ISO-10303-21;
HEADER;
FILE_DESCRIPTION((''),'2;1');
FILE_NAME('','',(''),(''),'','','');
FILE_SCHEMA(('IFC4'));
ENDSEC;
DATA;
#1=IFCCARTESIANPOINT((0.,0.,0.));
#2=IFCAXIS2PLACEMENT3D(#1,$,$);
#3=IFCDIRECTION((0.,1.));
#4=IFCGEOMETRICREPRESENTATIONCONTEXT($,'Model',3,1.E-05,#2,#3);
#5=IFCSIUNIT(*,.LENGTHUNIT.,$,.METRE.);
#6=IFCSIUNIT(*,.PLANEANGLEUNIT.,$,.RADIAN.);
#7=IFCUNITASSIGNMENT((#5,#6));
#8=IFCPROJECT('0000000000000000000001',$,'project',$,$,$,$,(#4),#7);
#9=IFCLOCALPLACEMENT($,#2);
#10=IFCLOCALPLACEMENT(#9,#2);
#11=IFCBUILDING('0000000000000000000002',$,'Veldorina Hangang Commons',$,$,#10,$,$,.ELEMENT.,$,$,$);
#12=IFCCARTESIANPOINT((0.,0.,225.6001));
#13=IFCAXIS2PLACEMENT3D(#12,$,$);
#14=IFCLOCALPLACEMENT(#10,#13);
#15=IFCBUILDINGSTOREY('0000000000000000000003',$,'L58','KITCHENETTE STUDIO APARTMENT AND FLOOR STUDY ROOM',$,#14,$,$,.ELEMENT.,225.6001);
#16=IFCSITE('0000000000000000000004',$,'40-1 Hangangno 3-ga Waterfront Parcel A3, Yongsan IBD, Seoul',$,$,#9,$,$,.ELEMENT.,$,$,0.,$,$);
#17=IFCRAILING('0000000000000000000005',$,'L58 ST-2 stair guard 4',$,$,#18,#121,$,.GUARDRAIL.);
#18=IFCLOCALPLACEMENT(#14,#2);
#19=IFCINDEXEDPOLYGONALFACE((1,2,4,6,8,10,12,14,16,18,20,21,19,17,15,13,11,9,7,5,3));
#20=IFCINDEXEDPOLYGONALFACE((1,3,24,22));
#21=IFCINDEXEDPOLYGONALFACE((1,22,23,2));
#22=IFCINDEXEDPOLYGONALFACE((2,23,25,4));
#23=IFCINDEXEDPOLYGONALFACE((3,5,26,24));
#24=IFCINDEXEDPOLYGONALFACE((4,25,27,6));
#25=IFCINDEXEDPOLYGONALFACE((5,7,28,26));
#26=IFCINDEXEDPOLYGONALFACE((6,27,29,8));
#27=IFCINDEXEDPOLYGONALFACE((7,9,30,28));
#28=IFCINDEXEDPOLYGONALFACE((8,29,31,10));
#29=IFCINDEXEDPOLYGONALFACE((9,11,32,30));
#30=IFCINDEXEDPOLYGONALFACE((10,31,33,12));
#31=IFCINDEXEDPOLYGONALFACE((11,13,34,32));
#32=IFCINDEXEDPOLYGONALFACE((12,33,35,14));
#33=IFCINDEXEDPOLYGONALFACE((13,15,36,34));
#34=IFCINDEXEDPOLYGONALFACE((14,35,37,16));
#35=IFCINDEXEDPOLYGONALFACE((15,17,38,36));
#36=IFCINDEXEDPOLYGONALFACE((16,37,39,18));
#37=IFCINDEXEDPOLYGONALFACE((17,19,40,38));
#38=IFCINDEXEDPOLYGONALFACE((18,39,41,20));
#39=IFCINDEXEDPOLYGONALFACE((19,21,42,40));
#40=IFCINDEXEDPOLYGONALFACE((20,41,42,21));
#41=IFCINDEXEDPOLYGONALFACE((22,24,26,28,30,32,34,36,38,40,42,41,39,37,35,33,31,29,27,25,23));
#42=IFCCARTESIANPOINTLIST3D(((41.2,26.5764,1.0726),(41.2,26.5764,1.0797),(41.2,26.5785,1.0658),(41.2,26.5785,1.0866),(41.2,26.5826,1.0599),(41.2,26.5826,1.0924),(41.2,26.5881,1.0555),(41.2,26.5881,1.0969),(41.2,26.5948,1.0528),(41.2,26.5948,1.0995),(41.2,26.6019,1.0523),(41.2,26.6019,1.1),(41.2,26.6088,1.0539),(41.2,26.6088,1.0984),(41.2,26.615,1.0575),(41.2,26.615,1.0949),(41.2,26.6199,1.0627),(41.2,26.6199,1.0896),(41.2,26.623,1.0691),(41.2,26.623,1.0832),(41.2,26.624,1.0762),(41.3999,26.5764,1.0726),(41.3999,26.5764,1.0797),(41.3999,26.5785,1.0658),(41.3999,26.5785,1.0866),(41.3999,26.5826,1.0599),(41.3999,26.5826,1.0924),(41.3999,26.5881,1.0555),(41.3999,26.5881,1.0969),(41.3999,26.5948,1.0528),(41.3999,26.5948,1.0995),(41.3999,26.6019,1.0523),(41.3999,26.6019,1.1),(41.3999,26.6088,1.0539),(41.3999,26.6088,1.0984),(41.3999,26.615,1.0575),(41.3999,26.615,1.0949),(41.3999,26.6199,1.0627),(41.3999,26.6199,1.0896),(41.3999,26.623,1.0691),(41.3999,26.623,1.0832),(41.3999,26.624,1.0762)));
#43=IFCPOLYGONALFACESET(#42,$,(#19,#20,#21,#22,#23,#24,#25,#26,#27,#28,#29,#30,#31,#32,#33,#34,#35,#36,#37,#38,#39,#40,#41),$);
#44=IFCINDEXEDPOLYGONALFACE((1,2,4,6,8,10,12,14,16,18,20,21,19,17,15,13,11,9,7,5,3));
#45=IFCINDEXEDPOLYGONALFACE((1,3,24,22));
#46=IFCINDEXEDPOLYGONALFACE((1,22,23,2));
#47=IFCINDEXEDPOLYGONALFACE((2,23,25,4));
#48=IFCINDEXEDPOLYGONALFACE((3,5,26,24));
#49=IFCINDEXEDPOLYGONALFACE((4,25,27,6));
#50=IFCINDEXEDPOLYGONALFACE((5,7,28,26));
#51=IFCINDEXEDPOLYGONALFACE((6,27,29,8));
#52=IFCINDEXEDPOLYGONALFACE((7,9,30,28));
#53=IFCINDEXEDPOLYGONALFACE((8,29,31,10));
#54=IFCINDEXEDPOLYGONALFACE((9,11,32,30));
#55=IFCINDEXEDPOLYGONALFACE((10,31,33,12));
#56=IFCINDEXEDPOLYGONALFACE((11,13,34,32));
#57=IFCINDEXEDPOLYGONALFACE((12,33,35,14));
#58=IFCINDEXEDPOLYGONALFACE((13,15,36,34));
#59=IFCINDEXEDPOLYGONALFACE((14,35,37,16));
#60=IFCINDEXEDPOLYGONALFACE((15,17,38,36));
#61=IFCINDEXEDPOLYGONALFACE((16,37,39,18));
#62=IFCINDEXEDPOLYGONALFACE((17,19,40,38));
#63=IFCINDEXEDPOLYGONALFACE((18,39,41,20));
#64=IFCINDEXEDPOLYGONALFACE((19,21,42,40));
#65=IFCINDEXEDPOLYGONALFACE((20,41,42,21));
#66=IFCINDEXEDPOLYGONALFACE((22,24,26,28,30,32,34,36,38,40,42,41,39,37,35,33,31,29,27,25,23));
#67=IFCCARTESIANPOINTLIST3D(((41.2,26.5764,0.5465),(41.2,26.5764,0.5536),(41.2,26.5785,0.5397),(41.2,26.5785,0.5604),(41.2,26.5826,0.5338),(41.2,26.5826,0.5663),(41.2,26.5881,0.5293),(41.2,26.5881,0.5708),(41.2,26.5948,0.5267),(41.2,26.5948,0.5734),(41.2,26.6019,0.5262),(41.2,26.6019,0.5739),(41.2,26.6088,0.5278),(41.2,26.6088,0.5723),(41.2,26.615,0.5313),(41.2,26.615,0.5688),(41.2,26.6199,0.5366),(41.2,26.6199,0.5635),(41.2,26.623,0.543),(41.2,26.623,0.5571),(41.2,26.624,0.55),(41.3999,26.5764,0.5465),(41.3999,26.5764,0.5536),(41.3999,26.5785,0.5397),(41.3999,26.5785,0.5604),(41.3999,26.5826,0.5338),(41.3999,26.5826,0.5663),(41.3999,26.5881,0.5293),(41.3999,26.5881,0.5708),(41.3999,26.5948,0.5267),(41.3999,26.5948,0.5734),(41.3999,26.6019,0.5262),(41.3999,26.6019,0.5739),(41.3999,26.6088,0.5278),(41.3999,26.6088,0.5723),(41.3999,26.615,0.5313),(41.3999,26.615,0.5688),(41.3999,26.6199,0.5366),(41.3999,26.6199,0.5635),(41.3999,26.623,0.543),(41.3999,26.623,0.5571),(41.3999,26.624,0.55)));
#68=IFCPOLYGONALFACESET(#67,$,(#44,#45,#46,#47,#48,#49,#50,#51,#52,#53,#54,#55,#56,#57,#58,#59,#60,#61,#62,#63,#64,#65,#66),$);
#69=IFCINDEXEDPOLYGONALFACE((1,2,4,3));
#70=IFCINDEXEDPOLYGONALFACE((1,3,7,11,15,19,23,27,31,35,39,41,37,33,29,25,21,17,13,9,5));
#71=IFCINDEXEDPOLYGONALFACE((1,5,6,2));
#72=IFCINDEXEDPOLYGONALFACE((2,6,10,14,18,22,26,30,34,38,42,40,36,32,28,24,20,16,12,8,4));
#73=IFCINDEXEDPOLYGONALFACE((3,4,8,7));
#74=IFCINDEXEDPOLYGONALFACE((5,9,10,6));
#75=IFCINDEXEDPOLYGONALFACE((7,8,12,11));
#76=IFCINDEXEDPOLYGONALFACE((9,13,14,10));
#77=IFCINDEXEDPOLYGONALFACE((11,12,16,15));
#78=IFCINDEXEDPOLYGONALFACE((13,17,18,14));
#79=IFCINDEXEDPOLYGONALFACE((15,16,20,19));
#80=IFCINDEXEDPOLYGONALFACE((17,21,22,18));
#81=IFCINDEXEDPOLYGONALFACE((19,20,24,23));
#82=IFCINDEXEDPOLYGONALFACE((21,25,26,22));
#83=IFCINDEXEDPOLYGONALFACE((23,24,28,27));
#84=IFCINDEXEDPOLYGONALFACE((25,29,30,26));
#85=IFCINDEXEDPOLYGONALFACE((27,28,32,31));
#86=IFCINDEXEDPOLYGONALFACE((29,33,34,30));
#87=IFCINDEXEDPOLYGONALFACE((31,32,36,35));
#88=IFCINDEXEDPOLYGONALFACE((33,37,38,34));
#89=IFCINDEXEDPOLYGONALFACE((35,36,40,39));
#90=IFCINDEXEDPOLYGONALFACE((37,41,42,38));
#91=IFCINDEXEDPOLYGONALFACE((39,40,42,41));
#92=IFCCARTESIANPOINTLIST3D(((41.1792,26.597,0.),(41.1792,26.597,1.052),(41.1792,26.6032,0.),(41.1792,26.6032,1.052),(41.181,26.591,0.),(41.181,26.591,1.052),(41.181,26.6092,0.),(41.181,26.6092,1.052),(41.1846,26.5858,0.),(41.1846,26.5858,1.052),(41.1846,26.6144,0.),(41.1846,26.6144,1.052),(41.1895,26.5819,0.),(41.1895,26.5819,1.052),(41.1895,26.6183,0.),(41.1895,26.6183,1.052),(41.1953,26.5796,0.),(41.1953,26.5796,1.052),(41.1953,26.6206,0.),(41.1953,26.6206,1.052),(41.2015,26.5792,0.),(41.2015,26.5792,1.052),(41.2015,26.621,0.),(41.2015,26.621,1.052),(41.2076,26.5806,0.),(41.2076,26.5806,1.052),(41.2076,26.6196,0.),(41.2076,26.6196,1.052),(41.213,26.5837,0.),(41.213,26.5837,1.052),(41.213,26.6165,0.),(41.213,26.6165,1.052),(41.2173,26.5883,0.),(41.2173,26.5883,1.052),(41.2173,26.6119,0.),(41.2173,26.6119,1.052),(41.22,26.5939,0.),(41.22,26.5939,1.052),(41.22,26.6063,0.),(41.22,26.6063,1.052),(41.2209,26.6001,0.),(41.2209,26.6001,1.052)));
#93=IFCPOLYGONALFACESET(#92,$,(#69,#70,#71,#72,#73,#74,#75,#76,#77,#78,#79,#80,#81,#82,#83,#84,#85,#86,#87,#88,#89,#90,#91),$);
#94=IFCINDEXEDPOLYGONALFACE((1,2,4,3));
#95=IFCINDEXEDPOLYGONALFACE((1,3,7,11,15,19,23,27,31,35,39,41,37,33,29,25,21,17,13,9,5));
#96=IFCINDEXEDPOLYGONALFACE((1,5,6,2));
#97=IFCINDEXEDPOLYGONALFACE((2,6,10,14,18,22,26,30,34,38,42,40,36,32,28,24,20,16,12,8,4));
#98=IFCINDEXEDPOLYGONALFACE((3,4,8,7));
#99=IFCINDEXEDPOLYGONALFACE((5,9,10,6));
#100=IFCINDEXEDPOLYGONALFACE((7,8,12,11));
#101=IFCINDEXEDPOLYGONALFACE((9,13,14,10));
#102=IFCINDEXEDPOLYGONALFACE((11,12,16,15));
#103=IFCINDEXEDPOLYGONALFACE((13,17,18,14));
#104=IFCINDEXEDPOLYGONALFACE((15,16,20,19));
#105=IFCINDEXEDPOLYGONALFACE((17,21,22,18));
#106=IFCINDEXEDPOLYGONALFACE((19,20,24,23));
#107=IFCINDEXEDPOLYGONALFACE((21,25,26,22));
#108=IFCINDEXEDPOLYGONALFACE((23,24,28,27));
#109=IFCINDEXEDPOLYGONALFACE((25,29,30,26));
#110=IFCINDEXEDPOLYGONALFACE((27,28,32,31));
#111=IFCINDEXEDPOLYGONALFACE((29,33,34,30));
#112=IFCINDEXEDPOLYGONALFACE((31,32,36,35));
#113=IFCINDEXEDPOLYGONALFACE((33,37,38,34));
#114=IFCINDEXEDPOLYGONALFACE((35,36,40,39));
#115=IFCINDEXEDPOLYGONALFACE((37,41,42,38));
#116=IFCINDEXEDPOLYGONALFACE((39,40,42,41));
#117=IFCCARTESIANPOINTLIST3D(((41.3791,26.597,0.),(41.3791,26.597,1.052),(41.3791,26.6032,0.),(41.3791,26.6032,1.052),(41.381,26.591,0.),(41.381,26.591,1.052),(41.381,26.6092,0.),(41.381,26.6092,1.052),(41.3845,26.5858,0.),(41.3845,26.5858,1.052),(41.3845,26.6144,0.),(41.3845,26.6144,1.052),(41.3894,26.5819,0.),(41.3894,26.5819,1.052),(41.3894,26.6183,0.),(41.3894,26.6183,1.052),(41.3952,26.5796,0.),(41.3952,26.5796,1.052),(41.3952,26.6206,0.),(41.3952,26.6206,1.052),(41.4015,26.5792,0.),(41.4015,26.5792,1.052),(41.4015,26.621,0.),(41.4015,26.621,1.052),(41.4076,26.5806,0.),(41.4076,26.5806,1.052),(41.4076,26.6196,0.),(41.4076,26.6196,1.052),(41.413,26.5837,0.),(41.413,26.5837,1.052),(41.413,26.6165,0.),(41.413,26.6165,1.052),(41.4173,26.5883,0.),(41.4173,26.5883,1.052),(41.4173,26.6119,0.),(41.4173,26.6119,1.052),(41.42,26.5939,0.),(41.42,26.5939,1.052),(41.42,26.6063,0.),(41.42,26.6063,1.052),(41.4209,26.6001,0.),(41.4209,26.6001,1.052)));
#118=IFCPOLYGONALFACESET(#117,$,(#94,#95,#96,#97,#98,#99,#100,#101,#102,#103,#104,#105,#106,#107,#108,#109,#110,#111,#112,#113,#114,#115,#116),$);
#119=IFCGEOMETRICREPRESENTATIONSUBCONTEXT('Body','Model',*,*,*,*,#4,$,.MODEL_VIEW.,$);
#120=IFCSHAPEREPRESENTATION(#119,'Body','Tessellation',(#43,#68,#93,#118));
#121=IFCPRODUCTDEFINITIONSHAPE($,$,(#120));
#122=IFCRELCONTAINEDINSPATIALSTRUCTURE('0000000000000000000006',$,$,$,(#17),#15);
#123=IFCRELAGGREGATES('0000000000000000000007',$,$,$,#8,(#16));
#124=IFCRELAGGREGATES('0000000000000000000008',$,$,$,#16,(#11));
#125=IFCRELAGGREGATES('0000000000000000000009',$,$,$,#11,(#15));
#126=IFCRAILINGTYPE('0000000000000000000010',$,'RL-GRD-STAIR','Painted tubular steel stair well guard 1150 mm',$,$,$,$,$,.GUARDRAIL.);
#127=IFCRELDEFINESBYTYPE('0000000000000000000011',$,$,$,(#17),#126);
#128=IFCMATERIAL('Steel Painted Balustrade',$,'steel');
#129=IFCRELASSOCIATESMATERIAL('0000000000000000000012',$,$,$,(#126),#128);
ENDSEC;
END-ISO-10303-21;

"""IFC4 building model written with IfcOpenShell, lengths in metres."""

from ifc_helpers import new_model, si_unit, direction, frame, origin, origin_2d, place, context, subcontext, project, spatial, circle, extrude, material, type_object, element, save


model = new_model("IFC4")

# Units and contexts
model_context = context("Model", 3, precision=1e-05, world=origin(), true_north=direction((0.0, 1.0)))
body_context = subcontext(model_context, "Body", "Model", "MODEL_VIEW")
ifc_project = project(units=[si_unit("LENGTHUNIT", "METRE"), si_unit("PLANEANGLEUNIT", "RADIAN")], contexts=[model_context])

# Site, building, storey
site_placement = place(None, origin())
site = spatial("IfcSite", under=ifc_project, at=site_placement, Name="40-1 Hangangno 3-ga Waterfront Parcel A3, Yongsan IBD, Seoul", CompositionType="ELEMENT", RefElevation=0.0)
building_placement = place(site_placement, origin())
building = spatial("IfcBuilding", under=site, at=building_placement, Name="Veldorina Hangang Commons", CompositionType="ELEMENT")
storey_placement = place(building_placement, frame((0.0, 0.0, 225.6001)))
storey = spatial("IfcBuildingStorey", under=building, at=storey_placement, Name="L58", Description="KITCHENETTE STUDIO APARTMENT AND FLOOR STUDY ROOM", CompositionType="ELEMENT", Elevation=225.6001)

# Railing
ifc_material_1 = material(Name="Steel Painted Balustrade", Category="steel")
railing_type_1 = type_object("IfcRailingType", Name="RL-GRD-STAIR", Description="Painted tubular steel stair well guard 1150 mm", PredefinedType="GUARDRAIL", material=ifc_material_1)
railing_1_placement = place(storey_placement, frame((41.2, 26.6001, 0.0)))
element("IfcRailing", 1, at=railing_1_placement, inside=storey, type_object=railing_type_1, Name="L58 ST-2 stair guard 4", PredefinedType="GUARDRAIL", context=body_context, shape_type="SweptSolid", body=[
    extrude(circle(Radius=0.0239, at=origin_2d()), frame((0.0, 0.0, 1.0762), z_axis=(1.0, 0.0, 0.0), x_axis=(0.0, 1.0, 0.0)), (0.0, 0.0, 1.0), 0.2),
    extrude(circle(Radius=0.0239, at=origin_2d()), frame((0.0, 0.0, 0.55), z_axis=(1.0, 0.0, 0.0), x_axis=(0.0, 1.0, 0.0)), (0.0, 0.0, 1.0), 0.2),
    extrude(circle(Radius=0.021, at=origin_2d()), origin(), (0.0, 0.0, 1.0), 1.052),
    extrude(circle(Radius=0.021, at=origin_2d()), frame((0.2, 0.0, 0.0)), (0.0, 0.0, 1.0), 1.052),
])

save(model, "model.ifc")
